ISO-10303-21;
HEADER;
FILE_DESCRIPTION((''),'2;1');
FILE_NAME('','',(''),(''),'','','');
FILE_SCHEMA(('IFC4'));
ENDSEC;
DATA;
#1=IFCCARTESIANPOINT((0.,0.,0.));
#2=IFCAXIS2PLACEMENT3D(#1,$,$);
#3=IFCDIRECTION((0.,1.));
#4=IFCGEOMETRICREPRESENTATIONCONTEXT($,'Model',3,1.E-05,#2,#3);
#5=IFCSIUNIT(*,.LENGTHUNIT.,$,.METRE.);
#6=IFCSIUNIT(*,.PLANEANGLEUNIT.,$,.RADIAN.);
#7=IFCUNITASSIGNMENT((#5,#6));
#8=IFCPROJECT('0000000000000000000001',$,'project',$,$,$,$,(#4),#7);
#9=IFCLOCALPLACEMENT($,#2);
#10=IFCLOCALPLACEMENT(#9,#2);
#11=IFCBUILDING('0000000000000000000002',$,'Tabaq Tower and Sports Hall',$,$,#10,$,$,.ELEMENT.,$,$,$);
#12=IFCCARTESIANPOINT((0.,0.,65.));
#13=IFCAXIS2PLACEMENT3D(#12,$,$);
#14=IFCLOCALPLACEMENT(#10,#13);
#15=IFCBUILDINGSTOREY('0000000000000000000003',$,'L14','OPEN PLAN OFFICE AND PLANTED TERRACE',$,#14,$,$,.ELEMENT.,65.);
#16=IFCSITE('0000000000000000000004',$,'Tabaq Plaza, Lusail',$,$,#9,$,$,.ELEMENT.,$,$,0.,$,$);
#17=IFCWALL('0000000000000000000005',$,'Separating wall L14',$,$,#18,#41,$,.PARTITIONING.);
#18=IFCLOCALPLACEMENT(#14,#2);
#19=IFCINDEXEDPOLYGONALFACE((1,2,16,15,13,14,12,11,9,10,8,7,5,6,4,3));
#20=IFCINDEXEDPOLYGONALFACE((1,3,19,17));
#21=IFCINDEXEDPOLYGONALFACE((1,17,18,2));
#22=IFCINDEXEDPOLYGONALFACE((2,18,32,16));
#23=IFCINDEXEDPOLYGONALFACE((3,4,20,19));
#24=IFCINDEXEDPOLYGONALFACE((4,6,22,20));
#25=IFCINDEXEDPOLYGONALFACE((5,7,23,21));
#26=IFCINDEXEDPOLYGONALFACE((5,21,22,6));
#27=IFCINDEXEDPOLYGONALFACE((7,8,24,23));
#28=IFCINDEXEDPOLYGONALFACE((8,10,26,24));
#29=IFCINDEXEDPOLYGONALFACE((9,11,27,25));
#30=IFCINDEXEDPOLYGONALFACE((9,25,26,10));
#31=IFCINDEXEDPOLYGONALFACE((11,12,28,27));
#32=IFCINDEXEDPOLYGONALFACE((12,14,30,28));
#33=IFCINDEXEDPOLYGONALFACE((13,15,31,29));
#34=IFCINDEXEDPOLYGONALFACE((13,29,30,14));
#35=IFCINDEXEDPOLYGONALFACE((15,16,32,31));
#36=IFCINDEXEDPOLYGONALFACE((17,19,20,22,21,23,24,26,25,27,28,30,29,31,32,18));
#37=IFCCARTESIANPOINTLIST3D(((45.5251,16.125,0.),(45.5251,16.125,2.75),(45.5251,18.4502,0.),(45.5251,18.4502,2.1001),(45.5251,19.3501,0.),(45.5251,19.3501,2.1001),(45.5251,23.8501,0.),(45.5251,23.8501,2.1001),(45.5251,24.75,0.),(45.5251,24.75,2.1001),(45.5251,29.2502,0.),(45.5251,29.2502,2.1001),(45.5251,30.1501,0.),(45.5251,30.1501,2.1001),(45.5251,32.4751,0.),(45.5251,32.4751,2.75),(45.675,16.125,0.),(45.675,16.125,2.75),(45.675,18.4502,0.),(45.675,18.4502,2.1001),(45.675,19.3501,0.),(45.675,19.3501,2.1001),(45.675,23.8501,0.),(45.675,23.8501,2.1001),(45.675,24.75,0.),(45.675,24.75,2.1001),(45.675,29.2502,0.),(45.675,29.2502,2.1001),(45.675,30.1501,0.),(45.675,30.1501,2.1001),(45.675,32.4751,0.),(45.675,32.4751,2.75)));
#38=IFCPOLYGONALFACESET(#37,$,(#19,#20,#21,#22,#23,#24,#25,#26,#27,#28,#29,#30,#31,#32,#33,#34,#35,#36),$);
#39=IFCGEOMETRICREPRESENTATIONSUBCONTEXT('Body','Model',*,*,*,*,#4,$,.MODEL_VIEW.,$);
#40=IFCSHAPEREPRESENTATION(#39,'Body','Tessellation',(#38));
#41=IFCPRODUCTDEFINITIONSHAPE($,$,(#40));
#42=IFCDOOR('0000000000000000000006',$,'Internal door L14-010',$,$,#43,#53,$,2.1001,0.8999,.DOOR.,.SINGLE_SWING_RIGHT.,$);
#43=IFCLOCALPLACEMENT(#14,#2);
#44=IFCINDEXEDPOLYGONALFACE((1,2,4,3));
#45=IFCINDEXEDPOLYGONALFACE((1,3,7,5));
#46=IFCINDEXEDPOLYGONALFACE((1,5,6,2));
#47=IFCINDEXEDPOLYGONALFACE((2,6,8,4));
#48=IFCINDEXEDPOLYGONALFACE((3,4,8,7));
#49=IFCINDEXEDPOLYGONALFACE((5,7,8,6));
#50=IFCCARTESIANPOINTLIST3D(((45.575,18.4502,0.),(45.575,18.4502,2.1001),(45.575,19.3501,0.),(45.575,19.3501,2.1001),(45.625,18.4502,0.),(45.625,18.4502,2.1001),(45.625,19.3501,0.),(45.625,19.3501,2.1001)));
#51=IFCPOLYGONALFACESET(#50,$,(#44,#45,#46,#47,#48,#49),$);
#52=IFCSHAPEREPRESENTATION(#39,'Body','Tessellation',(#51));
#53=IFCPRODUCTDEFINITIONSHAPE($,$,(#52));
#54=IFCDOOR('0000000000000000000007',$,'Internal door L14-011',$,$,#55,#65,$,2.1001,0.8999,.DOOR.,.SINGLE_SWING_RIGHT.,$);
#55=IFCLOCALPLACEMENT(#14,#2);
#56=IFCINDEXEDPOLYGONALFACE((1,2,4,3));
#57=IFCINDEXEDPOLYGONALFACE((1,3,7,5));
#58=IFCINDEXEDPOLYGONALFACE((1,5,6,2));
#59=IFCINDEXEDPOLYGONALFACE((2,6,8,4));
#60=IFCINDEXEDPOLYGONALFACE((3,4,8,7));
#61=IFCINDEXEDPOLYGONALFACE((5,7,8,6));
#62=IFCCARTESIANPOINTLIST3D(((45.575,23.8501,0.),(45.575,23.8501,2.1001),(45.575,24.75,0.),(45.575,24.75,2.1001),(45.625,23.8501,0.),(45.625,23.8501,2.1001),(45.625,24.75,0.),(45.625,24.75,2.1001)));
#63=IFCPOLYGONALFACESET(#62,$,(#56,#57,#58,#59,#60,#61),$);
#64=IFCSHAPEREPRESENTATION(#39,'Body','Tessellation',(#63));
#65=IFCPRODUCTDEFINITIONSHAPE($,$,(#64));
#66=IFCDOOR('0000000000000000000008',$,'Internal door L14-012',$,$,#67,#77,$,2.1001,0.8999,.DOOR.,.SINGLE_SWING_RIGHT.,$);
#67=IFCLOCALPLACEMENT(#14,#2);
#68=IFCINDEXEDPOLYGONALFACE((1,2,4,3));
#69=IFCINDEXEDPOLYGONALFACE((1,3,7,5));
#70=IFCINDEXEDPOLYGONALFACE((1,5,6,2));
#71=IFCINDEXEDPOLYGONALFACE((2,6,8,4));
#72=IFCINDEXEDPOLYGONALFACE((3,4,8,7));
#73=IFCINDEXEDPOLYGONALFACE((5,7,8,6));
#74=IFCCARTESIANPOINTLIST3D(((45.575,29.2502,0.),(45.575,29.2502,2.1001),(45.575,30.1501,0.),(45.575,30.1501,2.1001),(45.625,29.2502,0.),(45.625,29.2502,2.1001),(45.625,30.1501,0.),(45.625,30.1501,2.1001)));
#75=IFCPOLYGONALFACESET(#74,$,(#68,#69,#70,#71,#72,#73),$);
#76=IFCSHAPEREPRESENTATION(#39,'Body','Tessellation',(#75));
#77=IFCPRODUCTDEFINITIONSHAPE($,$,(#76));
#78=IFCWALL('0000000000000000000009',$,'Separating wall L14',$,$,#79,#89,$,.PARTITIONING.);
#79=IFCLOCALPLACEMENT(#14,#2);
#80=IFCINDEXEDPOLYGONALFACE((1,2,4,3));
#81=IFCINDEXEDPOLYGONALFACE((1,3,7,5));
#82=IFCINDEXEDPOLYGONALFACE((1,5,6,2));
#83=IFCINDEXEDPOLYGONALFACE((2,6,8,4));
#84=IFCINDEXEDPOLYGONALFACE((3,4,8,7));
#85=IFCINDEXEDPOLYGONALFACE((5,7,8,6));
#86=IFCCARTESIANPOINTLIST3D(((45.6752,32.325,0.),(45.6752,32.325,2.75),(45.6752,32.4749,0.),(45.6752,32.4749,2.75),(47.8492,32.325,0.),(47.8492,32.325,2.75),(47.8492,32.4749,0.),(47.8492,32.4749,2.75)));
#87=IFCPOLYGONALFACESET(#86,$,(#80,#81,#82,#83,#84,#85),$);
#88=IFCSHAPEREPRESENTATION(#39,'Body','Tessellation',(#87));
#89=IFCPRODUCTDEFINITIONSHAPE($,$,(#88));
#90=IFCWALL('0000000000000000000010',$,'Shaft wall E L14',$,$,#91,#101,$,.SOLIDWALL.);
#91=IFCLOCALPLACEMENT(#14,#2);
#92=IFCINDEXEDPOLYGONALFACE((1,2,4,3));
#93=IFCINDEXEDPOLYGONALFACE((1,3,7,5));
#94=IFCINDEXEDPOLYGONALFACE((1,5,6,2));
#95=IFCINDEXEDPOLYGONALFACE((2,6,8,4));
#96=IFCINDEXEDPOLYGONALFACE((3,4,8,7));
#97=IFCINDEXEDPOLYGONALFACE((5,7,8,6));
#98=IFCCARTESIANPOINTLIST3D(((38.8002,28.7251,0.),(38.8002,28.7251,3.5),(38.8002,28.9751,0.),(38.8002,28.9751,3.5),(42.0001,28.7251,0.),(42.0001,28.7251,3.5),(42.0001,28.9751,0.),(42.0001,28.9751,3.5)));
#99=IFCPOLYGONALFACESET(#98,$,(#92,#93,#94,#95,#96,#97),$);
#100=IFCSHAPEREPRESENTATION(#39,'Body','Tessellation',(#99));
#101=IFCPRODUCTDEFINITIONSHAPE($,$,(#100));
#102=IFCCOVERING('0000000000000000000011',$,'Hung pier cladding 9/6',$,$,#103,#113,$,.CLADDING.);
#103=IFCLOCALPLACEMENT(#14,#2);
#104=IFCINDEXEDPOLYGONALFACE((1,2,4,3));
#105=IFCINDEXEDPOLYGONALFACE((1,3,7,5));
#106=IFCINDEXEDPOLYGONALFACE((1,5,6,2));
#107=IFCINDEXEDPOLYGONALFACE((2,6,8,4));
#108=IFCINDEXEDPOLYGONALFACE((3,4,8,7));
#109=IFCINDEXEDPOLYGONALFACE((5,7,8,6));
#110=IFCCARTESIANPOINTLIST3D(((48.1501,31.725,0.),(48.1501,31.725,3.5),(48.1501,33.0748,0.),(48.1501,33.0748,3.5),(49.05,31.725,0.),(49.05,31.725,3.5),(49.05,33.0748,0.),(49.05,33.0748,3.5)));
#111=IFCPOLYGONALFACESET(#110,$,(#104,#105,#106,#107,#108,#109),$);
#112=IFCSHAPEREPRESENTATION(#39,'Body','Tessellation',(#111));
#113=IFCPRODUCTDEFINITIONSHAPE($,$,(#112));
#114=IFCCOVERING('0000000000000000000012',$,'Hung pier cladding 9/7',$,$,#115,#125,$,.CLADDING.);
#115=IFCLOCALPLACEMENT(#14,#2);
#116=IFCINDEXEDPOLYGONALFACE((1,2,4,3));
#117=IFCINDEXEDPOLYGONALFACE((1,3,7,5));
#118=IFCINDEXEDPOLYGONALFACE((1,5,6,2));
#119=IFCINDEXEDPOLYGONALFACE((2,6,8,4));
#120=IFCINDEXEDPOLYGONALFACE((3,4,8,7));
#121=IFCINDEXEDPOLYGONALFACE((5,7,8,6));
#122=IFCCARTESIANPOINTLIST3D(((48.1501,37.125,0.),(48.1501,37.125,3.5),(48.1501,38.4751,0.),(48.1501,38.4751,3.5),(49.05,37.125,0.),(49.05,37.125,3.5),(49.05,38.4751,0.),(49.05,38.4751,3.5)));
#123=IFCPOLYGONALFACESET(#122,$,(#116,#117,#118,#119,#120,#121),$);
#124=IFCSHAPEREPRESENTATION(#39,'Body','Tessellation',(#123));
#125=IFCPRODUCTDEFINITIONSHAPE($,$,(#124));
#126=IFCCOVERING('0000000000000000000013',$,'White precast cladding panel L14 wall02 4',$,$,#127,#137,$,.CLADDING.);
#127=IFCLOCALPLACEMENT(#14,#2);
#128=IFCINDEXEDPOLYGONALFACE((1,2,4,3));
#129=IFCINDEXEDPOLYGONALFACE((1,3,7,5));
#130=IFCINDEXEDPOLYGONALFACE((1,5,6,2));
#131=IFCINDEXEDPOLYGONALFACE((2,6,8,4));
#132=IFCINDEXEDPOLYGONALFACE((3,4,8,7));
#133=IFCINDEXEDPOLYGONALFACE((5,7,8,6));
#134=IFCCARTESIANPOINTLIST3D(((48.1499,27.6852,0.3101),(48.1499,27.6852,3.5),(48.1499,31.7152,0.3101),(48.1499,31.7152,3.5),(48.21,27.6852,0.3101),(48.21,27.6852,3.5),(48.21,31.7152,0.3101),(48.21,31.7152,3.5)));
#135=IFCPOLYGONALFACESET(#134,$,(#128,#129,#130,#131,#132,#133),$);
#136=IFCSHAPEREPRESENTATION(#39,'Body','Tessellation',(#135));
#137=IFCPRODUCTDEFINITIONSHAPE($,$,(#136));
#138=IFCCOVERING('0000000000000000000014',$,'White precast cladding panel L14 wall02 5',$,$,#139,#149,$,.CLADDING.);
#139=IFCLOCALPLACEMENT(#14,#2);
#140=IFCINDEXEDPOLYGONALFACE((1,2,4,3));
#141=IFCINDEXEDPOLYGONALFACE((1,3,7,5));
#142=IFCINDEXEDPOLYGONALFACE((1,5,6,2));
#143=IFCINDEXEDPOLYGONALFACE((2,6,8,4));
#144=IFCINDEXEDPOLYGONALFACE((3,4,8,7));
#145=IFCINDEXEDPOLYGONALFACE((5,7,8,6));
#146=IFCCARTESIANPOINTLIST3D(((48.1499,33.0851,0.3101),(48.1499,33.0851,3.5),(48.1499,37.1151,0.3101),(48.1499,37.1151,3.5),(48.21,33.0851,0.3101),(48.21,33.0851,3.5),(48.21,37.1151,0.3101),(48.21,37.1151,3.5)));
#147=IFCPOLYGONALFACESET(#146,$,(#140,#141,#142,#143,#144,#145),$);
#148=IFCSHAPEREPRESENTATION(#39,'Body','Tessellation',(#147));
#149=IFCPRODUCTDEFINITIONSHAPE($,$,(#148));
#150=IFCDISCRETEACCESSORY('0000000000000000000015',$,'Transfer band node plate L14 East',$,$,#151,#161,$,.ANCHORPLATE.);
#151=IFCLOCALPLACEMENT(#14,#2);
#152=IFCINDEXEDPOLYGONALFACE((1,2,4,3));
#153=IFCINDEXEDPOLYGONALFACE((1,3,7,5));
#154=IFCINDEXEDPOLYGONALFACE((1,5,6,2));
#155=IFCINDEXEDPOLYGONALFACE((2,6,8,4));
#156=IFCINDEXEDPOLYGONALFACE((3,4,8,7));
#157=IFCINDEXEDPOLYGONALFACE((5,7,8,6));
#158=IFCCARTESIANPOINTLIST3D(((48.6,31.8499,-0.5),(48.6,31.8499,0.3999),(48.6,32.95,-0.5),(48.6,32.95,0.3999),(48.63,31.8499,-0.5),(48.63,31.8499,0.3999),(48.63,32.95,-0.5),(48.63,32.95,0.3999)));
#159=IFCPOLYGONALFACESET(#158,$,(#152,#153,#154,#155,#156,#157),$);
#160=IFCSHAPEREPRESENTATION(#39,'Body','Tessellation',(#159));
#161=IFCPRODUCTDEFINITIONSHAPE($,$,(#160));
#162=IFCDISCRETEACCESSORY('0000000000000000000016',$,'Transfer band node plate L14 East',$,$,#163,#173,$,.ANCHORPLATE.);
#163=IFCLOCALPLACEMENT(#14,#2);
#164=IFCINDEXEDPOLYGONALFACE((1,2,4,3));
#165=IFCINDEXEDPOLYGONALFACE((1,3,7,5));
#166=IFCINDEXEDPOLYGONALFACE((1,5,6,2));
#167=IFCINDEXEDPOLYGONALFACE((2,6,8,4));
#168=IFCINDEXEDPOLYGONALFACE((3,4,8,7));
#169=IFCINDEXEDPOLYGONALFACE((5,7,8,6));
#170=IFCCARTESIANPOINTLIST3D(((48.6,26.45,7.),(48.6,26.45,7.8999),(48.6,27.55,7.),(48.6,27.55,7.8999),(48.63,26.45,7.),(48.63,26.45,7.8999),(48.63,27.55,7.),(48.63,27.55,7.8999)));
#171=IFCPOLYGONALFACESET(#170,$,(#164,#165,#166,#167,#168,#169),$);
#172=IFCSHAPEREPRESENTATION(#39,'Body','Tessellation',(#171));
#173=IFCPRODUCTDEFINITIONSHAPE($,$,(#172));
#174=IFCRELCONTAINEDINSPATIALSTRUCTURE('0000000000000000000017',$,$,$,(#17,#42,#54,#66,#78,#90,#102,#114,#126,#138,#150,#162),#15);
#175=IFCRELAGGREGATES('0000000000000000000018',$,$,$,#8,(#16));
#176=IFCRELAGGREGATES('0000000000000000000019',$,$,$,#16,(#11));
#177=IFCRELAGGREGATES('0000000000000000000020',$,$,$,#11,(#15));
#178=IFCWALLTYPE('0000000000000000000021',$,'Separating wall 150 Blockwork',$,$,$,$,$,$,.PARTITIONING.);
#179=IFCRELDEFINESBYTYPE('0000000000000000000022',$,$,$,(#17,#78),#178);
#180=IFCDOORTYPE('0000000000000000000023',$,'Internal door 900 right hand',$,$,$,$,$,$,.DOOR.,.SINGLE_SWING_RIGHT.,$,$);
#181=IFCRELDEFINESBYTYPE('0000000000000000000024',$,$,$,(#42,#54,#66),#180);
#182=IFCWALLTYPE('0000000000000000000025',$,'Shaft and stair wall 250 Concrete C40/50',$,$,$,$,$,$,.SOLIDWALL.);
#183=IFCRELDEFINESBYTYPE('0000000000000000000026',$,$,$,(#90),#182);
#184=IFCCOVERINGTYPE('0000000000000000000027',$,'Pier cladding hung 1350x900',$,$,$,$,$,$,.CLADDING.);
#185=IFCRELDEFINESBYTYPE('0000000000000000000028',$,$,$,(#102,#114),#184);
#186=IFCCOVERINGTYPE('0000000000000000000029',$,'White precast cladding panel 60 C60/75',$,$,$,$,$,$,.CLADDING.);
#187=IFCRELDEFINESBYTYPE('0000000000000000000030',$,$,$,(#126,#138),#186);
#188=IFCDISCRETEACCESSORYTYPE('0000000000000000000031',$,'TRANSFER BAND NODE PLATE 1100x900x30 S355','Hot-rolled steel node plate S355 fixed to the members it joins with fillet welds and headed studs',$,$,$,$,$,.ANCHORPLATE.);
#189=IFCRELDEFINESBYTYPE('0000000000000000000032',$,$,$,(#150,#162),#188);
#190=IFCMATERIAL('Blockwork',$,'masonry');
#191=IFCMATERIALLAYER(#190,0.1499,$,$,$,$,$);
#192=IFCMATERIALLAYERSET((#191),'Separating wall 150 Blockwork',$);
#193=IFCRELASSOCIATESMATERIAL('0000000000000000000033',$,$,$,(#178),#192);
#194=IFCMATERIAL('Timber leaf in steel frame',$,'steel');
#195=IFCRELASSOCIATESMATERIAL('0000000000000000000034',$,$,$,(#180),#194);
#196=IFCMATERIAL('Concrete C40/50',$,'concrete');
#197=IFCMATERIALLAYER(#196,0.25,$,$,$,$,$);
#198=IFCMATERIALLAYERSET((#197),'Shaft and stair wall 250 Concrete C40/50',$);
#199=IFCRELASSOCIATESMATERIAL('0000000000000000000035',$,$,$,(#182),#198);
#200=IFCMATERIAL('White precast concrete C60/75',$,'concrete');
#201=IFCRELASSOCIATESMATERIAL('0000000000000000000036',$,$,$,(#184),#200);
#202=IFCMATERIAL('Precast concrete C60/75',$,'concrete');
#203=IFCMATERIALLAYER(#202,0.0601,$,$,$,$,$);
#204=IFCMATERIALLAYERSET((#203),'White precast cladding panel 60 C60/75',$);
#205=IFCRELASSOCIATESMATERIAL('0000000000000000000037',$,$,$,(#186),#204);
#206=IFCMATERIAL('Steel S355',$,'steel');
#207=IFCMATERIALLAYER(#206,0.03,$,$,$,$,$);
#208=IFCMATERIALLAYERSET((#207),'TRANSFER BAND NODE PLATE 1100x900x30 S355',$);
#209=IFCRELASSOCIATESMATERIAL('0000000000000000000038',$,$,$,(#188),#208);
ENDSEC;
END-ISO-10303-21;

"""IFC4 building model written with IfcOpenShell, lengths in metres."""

from ifc_helpers import new_model, si_unit, direction, frame, frame_2d, origin, origin_2d, place, context, subcontext, project, spatial, rectangle, extrude, material, layer, layer_set, type_object, element, fill, save


model = new_model("IFC4")

# Units and contexts
model_context = context("Model", 3, precision=1e-05, world=origin(), true_north=direction((0.0, 1.0)))
body_context = subcontext(model_context, "Body", "Model", "MODEL_VIEW")
ifc_project = project(units=[si_unit("LENGTHUNIT", "METRE"), si_unit("PLANEANGLEUNIT", "RADIAN")], contexts=[model_context])

# Site, building, storey
site_placement = place(None, origin())
site = spatial("IfcSite", under=ifc_project, at=site_placement, Name="Tabaq Plaza, Lusail", CompositionType="ELEMENT", RefElevation=0.0)
building_placement = place(site_placement, origin())
building = spatial("IfcBuilding", under=site, at=building_placement, Name="Tabaq Tower and Sports Hall", CompositionType="ELEMENT")
storey_placement = place(building_placement, frame((0.0, 0.0, 65.0)))
storey = spatial("IfcBuildingStorey", under=building, at=storey_placement, Name="L14", Description="OPEN PLAN OFFICE AND PLANTED TERRACE", CompositionType="ELEMENT", Elevation=65.0)

# Wall, openings, doors
ifc_material_1 = material(Name="Blockwork", Category="masonry")
ifc_layer_1 = layer(ifc_material_1, 0.1499)
ifc_layer_set_1 = layer_set([ifc_layer_1], Name="Separating wall 150 Blockwork")
wall_type_1 = type_object("IfcWallType", Name="Separating wall 150 Blockwork", PredefinedType="PARTITIONING", material=ifc_layer_set_1)
wall_1_placement = place(storey_placement, frame((45.6001, 32.4751, 0.0), z_axis=(0.0, 0.0, 1.0), x_axis=(0.0, -1.0, 0.0)))
wall_1 = element("IfcWall", 1, at=wall_1_placement, inside=storey, type_object=wall_type_1, Name="Separating wall L14", PredefinedType="PARTITIONING", context=body_context, shape_type="SweptSolid", body=[
    extrude(rectangle(XDim=16.3501, YDim=0.1499, at=frame_2d((8.175, 0.0))), origin(), (0.0, 0.0, 1.0), 2.75),
])
opening_1_placement = place(wall_1_placement, frame((13.125, 0.0, 0.0)))
opening_1 = element("IfcOpeningElement", 2, at=opening_1_placement, cuts=wall_1, PredefinedType="OPENING", context=body_context, shape_type="SweptSolid", body=[
    extrude(rectangle(XDim=0.8999, YDim=2.1001, at=frame_2d((0.45, 1.05))), frame((0.0, 0.075, 0.0), z_axis=(0.0, -1.0, 0.0), x_axis=(1.0, 0.0, 0.0)), (0.0, 0.0, 1.0), 0.1499),
])
opening_2_placement = place(wall_1_placement, frame((7.7251, 0.0, 0.0)))
opening_2 = element("IfcOpeningElement", 3, at=opening_2_placement, cuts=wall_1, PredefinedType="OPENING", context=body_context, shape_type="SweptSolid", body=[
    extrude(rectangle(XDim=0.8999, YDim=2.1001, at=frame_2d((0.45, 1.05))), frame((0.0, 0.075, 0.0), z_axis=(0.0, -1.0, 0.0), x_axis=(1.0, 0.0, 0.0)), (0.0, 0.0, 1.0), 0.1499),
])
opening_3_placement = place(wall_1_placement, frame((2.325, 0.0, 0.0)))
opening_3 = element("IfcOpeningElement", 4, at=opening_3_placement, cuts=wall_1, PredefinedType="OPENING", context=body_context, shape_type="SweptSolid", body=[
    extrude(rectangle(XDim=0.8999, YDim=2.1001, at=frame_2d((0.45, 1.05))), frame((0.0, 0.075, 0.0), z_axis=(0.0, -1.0, 0.0), x_axis=(1.0, 0.0, 0.0)), (0.0, 0.0, 1.0), 0.1499),
])
ifc_material_2 = material(Name="Timber leaf in steel frame", Category="steel")
door_type_1 = type_object("IfcDoorType", Name="Internal door 900 right hand", OperationType="SINGLE_SWING_RIGHT", PredefinedType="DOOR", material=ifc_material_2)
door_1_placement = place(opening_1_placement, origin())
door_1 = element("IfcDoor", 5, at=door_1_placement, inside=storey, type_object=door_type_1, Name="Internal door L14-010", OperationType="SINGLE_SWING_RIGHT", OverallHeight=2.1001, OverallWidth=0.8999, PredefinedType="DOOR", context=body_context, shape_type="SweptSolid", body=[
    extrude(rectangle(XDim=0.8999, YDim=2.1001, at=frame_2d((0.45, 1.05))), frame((0.0, 0.0249, 0.0), z_axis=(0.0, -1.0, 0.0), x_axis=(1.0, 0.0, 0.0)), (0.0, 0.0, 1.0), 0.05),
])
fill(opening_1, door_1)
door_2_placement = place(opening_2_placement, origin())
door_2 = element("IfcDoor", 6, at=door_2_placement, inside=storey, type_object=door_type_1, Name="Internal door L14-011", OperationType="SINGLE_SWING_RIGHT", OverallHeight=2.1001, OverallWidth=0.8999, PredefinedType="DOOR", context=body_context, shape_type="SweptSolid", body=[
    extrude(rectangle(XDim=0.8999, YDim=2.1001, at=frame_2d((0.45, 1.05))), frame((0.0, 0.0249, 0.0), z_axis=(0.0, -1.0, 0.0), x_axis=(1.0, 0.0, 0.0)), (0.0, 0.0, 1.0), 0.05),
])
fill(opening_2, door_2)
door_3_placement = place(opening_3_placement, origin())
door_3 = element("IfcDoor", 7, at=door_3_placement, inside=storey, type_object=door_type_1, Name="Internal door L14-012", OperationType="SINGLE_SWING_RIGHT", OverallHeight=2.1001, OverallWidth=0.8999, PredefinedType="DOOR", context=body_context, shape_type="SweptSolid", body=[
    extrude(rectangle(XDim=0.8999, YDim=2.1001, at=frame_2d((0.45, 1.05))), frame((0.0, 0.0249, 0.0), z_axis=(0.0, -1.0, 0.0), x_axis=(1.0, 0.0, 0.0)), (0.0, 0.0, 1.0), 0.05),
])
fill(opening_3, door_3)

# Walls
wall_2_placement = place(storey_placement, frame((47.8491, 32.3999, 0.0), z_axis=(0.0, 0.0, 1.0), x_axis=(-1.0, 0.0, 0.0)))
element("IfcWall", 8, at=wall_2_placement, inside=storey, type_object=wall_type_1, Name="Separating wall L14", PredefinedType="PARTITIONING", context=body_context, shape_type="SweptSolid", body=[
    extrude(rectangle(XDim=2.1741, YDim=0.1499, at=frame_2d((1.0869, 0.0))), origin(), (0.0, 0.0, 1.0), 2.75),
])
ifc_material_3 = material(Name="Concrete C40/50", Category="concrete")
ifc_layer_2 = layer(ifc_material_3, 0.25)
ifc_layer_set_2 = layer_set([ifc_layer_2], Name="Shaft and stair wall 250 Concrete C40/50")
wall_type_2 = type_object("IfcWallType", Name="Shaft and stair wall 250 Concrete C40/50", PredefinedType="SOLIDWALL", material=ifc_layer_set_2)
wall_3_placement = place(storey_placement, frame((38.8, 28.8501, 0.0), z_axis=(0.0, 0.0, 1.0), x_axis=(1.0, 0.0, 0.0)))
element("IfcWall", 9, at=wall_3_placement, inside=storey, type_object=wall_type_2, Name="Shaft wall E L14", PredefinedType="SOLIDWALL", context=body_context, shape_type="SweptSolid", body=[
    extrude(rectangle(XDim=3.2, YDim=0.25, at=frame_2d((1.6001, 0.0))), origin(), (0.0, 0.0, 1.0), 3.5),
])

# Coverings
ifc_material_4 = material(Name="White precast concrete C60/75", Category="concrete")
covering_type_1 = type_object("IfcCoveringType", Name="Pier cladding hung 1350x900", PredefinedType="CLADDING", material=ifc_material_4)
covering_1_placement = place(storey_placement, frame((48.6001, 31.7251, 0.0), z_axis=(0.0, 0.0, 1.0), x_axis=(0.0, 1.0, 0.0)))
element("IfcCovering", 10, at=covering_1_placement, inside=storey, type_object=covering_type_1, Name="Hung pier cladding 9/6", PredefinedType="CLADDING", context=body_context, shape_type="SweptSolid", body=[
    extrude(rectangle(XDim=1.3499, YDim=0.8999, at=frame_2d((0.6748, 0.0))), origin(), (0.0, 0.0, 1.0), 3.5),
])
covering_2_placement = place(storey_placement, frame((48.6001, 37.125, 0.0), z_axis=(0.0, 0.0, 1.0), x_axis=(0.0, 1.0, 0.0)))
element("IfcCovering", 11, at=covering_2_placement, inside=storey, type_object=covering_type_1, Name="Hung pier cladding 9/7", PredefinedType="CLADDING", context=body_context, shape_type="SweptSolid", body=[
    extrude(rectangle(XDim=1.3501, YDim=0.8999, at=frame_2d((0.675, 0.0))), origin(), (0.0, 0.0, 1.0), 3.5),
])
ifc_material_5 = material(Name="Precast concrete C60/75", Category="concrete")
ifc_layer_3 = layer(ifc_material_5, 0.0601)
ifc_layer_set_3 = layer_set([ifc_layer_3], Name="White precast cladding panel 60 C60/75")
covering_type_2 = type_object("IfcCoveringType", Name="White precast cladding panel 60 C60/75", PredefinedType="CLADDING", material=ifc_layer_set_3)
for number, where, z_axis, x_axis, name in (
    (12, (48.1799, 27.6851, 0.3101), (0.0, 0.0, 1.0), (0.0, 1.0, 0.0), "White precast cladding panel L14 wall02 4"),
    (13, (48.1799, 33.085, 0.3101), (0.0, 0.0, 1.0), (0.0, 1.0, 0.0), "White precast cladding panel L14 wall02 5"),
):
    element("IfcCovering", number, at=place(storey_placement, frame(where, z_axis=z_axis, x_axis=x_axis)), inside=storey, type_object=covering_type_2, Name=name, PredefinedType="CLADDING", context=body_context, shape_type="SweptSolid", body=[
        extrude(rectangle(XDim=4.03, YDim=0.0601, at=frame_2d((2.0151, 0.0))), origin(), (0.0, 0.0, 1.0), 3.1899),
    ])

# Discrete accessories
ifc_material_6 = material(Name="Steel S355", Category="steel")
ifc_layer_4 = layer(ifc_material_6, 0.03)
ifc_layer_set_4 = layer_set([ifc_layer_4], Name="TRANSFER BAND NODE PLATE 1100x900x30 S355")
discrete_accessory_type_1 = type_object("IfcDiscreteAccessoryType", Name="TRANSFER BAND NODE PLATE 1100x900x30 S355", Description="Hot-rolled steel node plate S355 fixed to the members it joins with fillet welds and headed studs", PredefinedType="ANCHORPLATE", material=ifc_layer_set_4)
for number, where, z_axis, x_axis, name in (
    (14, (48.615, 32.3999, -0.5), (0.0, 0.0, 1.0), (0.0, 1.0, 0.0), "Transfer band node plate L14 East"),
    (15, (48.615, 27.0, 7.0), (0.0, 0.0, 1.0), (0.0, 1.0, 0.0), "Transfer band node plate L14 East"),
):
    element("IfcDiscreteAccessory", number, at=place(storey_placement, frame(where, z_axis=z_axis, x_axis=x_axis)), inside=storey, type_object=discrete_accessory_type_1, Name=name, PredefinedType="ANCHORPLATE", context=body_context, shape_type="SweptSolid", body=[
        extrude(rectangle(XDim=1.1001, YDim=0.03, at=origin_2d()), origin(), (0.0, 0.0, 1.0), 0.8999),
    ])

save(model, "model.ifc")
